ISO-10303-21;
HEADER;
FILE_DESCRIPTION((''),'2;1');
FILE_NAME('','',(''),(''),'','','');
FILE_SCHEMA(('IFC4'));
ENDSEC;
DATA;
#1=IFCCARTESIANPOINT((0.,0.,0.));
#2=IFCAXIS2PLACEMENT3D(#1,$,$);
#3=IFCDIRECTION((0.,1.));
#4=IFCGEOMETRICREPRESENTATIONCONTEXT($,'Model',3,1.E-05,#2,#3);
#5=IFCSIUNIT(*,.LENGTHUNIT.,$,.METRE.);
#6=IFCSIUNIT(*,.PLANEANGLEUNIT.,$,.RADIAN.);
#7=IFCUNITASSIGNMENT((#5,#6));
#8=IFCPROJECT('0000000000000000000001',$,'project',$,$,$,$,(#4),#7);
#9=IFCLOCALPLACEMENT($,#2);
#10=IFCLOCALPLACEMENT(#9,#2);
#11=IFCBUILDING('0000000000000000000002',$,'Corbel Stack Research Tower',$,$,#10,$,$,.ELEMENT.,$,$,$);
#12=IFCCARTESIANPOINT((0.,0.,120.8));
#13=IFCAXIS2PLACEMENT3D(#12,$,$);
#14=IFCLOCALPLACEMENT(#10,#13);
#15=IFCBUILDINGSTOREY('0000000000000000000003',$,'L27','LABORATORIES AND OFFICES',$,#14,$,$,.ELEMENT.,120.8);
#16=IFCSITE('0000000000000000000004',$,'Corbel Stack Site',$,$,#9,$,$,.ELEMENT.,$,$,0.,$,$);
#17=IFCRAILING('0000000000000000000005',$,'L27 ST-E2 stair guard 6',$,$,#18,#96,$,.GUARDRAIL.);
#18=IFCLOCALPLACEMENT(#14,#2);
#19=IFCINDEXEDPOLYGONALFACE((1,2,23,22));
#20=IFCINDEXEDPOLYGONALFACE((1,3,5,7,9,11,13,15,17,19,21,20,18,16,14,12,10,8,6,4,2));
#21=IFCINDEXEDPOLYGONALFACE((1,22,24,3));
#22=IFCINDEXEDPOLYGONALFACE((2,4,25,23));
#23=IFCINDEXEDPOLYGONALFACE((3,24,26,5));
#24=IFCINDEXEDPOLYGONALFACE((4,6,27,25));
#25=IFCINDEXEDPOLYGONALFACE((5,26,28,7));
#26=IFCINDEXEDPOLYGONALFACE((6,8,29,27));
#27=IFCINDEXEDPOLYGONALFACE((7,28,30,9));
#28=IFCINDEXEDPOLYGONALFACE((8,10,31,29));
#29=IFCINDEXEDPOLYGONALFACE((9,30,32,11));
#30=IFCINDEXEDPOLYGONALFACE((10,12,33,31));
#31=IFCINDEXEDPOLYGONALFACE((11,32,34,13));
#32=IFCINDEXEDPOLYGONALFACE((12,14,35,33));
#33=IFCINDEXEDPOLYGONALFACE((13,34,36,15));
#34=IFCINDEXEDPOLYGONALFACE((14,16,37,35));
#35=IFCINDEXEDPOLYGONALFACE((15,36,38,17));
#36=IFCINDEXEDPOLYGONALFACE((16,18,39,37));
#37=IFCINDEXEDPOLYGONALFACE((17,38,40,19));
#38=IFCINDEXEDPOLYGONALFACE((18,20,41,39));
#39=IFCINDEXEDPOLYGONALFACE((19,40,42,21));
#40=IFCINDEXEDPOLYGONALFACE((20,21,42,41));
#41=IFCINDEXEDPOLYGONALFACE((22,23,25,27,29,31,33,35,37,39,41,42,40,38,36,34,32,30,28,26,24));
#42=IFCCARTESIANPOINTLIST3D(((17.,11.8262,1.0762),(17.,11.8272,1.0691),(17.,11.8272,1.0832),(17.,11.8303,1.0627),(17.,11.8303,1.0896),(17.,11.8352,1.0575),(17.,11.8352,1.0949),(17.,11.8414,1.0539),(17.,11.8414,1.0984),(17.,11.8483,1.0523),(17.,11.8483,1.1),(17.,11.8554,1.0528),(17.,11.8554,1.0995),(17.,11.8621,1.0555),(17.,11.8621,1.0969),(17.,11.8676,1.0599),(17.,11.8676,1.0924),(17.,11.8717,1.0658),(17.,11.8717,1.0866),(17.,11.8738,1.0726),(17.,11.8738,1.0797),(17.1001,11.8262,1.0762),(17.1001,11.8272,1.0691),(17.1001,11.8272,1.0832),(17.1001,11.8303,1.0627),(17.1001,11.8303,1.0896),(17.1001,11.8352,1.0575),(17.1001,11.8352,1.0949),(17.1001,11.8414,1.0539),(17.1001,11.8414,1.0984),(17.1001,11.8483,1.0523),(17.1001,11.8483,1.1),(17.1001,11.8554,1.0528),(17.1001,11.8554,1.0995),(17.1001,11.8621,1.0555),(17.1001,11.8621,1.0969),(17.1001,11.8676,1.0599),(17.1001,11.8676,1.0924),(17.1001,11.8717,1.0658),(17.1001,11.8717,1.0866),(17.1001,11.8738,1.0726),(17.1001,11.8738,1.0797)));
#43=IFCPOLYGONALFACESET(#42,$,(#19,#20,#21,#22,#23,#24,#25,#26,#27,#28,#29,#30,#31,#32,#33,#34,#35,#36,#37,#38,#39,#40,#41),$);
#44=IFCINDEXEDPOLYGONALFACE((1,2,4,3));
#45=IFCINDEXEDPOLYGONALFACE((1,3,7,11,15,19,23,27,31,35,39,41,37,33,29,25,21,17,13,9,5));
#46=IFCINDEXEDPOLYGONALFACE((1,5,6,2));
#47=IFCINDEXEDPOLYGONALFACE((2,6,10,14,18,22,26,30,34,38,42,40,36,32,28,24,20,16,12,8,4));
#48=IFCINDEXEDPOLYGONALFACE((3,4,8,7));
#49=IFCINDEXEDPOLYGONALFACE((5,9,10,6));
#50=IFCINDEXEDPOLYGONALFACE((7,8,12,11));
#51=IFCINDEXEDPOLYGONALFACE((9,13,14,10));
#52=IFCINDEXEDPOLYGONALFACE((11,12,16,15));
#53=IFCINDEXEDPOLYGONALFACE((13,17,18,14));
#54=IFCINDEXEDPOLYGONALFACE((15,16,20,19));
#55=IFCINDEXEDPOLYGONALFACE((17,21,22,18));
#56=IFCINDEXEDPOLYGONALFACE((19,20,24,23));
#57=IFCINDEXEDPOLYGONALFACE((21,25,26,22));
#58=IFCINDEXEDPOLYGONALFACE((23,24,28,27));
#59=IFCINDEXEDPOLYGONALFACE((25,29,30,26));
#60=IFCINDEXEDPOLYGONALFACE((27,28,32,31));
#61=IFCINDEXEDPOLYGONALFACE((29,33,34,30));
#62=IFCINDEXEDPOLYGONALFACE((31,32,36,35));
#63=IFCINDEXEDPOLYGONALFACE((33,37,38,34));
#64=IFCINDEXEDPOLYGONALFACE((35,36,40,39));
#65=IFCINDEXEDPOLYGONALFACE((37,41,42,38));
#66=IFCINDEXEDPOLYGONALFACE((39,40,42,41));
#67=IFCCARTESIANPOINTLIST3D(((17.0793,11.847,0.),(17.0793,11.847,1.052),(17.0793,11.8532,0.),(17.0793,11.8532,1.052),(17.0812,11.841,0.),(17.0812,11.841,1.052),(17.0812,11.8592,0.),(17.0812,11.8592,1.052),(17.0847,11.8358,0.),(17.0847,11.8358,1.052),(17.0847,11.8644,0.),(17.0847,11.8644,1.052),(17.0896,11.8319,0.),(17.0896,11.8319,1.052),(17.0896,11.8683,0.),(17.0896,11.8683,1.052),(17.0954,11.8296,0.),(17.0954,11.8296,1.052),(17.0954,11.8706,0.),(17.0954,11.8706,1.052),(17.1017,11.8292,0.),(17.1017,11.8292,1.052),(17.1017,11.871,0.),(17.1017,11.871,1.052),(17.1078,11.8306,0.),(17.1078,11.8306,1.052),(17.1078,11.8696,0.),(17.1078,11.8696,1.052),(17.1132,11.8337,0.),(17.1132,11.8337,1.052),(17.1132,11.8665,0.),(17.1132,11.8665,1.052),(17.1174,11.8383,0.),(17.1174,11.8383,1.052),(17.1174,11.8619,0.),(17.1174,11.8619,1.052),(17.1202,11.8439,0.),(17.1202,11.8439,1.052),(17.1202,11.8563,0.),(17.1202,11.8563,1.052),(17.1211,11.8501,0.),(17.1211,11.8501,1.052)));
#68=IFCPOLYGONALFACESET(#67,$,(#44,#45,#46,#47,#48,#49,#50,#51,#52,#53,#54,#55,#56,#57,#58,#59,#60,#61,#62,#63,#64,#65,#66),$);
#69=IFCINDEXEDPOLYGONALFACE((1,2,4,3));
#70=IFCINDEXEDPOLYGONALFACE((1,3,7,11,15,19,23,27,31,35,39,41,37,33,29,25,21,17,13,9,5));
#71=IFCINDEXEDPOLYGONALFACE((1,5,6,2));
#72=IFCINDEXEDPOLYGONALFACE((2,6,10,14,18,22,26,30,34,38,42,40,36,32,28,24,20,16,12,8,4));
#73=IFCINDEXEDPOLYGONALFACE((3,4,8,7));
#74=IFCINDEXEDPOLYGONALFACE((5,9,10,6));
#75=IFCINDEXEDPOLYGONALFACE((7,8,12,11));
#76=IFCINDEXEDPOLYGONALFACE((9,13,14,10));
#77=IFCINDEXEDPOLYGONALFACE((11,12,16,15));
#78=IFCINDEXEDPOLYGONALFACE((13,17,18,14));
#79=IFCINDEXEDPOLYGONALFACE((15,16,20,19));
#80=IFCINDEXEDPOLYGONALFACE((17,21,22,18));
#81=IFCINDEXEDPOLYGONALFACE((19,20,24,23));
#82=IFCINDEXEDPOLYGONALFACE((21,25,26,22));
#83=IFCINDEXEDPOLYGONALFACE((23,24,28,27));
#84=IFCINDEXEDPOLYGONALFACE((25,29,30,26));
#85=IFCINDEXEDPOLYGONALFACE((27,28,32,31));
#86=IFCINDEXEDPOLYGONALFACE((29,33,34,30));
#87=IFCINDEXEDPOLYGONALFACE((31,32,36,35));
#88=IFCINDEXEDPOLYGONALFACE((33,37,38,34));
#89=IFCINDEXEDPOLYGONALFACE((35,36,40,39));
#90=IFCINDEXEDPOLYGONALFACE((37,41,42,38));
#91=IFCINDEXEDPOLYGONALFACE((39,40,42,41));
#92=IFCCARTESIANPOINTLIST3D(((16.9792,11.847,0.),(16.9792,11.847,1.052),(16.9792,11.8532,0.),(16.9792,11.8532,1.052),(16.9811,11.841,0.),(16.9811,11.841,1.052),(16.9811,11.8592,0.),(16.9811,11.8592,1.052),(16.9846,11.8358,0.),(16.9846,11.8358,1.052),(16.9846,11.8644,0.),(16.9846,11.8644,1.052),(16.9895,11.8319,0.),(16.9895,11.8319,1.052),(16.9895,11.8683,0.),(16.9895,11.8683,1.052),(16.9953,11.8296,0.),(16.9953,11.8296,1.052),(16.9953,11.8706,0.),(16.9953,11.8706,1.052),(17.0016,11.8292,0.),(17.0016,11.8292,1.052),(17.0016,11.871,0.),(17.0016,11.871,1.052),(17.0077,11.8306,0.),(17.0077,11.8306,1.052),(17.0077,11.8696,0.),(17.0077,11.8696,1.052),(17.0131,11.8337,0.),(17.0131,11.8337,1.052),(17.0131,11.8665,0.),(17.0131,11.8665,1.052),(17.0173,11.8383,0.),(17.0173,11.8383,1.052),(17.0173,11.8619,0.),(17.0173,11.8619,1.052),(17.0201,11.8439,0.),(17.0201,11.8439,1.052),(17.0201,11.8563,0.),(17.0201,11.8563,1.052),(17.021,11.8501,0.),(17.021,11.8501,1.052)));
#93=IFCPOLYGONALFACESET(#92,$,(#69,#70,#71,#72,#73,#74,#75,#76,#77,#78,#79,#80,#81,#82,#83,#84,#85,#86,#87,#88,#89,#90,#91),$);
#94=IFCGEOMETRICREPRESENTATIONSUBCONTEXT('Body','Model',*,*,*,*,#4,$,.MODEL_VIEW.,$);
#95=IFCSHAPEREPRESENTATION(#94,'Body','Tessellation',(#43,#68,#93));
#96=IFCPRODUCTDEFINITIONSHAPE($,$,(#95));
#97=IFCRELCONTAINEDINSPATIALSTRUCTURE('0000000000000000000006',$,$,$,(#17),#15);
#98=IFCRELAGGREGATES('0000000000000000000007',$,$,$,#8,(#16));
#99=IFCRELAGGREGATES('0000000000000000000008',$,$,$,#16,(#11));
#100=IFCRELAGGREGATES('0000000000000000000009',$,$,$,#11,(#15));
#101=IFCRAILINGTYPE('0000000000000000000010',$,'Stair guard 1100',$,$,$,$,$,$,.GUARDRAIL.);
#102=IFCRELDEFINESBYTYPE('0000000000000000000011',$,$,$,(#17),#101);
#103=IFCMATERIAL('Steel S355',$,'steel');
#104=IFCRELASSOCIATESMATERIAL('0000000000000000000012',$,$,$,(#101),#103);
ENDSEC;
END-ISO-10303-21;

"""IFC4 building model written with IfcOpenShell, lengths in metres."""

from ifc_helpers import new_model, si_unit, direction, frame, origin, origin_2d, place, context, subcontext, project, spatial, circle, extrude, material, type_object, element, save


model = new_model("IFC4")

# Units and contexts
model_context = context("Model", 3, precision=1e-05, world=origin(), true_north=direction((0.0, 1.0)))
body_context = subcontext(model_context, "Body", "Model", "MODEL_VIEW")
ifc_project = project(units=[si_unit("LENGTHUNIT", "METRE"), si_unit("PLANEANGLEUNIT", "RADIAN")], contexts=[model_context])

# Site, building, storey
site_placement = place(None, origin())
site = spatial("IfcSite", under=ifc_project, at=site_placement, Name="Corbel Stack Site", CompositionType="ELEMENT", RefElevation=0.0)
building_placement = place(site_placement, origin())
building = spatial("IfcBuilding", under=site, at=building_placement, Name="Corbel Stack Research Tower", CompositionType="ELEMENT")
storey_placement = place(building_placement, frame((0.0, 0.0, 120.8)))
storey = spatial("IfcBuildingStorey", under=building, at=storey_placement, Name="L27", Description="LABORATORIES AND OFFICES", CompositionType="ELEMENT", Elevation=120.8)

# Railing
ifc_material_1 = material(Name="Steel S355", Category="steel")
railing_type_1 = type_object("IfcRailingType", Name="Stair guard 1100", PredefinedType="GUARDRAIL", material=ifc_material_1)
for number, where, name in (
    (1, (17.1001, 11.8501, 0.0), "L27 ST-E2 stair guard 6"),
):
    element("IfcRailing", number, at=place(storey_placement, frame(where)), inside=storey, type_object=railing_type_1, Name=name, PredefinedType="GUARDRAIL", context=body_context, shape_type="SweptSolid", body=[
        extrude(circle(Radius=0.0239, at=origin_2d()), frame((0.0, 0.0, 1.0762), z_axis=(-1.0, 0.0, 0.0), x_axis=(0.0, -1.0, 0.0)), (0.0, 0.0, 1.0), 0.1001),
        extrude(circle(Radius=0.021, at=origin_2d()), origin(), (0.0, 0.0, 1.0), 1.052),
        extrude(circle(Radius=0.021, at=origin_2d()), frame((-0.1001, 0.0, 0.0)), (0.0, 0.0, 1.0), 1.052),
    ])

save(model, "model.ifc")
